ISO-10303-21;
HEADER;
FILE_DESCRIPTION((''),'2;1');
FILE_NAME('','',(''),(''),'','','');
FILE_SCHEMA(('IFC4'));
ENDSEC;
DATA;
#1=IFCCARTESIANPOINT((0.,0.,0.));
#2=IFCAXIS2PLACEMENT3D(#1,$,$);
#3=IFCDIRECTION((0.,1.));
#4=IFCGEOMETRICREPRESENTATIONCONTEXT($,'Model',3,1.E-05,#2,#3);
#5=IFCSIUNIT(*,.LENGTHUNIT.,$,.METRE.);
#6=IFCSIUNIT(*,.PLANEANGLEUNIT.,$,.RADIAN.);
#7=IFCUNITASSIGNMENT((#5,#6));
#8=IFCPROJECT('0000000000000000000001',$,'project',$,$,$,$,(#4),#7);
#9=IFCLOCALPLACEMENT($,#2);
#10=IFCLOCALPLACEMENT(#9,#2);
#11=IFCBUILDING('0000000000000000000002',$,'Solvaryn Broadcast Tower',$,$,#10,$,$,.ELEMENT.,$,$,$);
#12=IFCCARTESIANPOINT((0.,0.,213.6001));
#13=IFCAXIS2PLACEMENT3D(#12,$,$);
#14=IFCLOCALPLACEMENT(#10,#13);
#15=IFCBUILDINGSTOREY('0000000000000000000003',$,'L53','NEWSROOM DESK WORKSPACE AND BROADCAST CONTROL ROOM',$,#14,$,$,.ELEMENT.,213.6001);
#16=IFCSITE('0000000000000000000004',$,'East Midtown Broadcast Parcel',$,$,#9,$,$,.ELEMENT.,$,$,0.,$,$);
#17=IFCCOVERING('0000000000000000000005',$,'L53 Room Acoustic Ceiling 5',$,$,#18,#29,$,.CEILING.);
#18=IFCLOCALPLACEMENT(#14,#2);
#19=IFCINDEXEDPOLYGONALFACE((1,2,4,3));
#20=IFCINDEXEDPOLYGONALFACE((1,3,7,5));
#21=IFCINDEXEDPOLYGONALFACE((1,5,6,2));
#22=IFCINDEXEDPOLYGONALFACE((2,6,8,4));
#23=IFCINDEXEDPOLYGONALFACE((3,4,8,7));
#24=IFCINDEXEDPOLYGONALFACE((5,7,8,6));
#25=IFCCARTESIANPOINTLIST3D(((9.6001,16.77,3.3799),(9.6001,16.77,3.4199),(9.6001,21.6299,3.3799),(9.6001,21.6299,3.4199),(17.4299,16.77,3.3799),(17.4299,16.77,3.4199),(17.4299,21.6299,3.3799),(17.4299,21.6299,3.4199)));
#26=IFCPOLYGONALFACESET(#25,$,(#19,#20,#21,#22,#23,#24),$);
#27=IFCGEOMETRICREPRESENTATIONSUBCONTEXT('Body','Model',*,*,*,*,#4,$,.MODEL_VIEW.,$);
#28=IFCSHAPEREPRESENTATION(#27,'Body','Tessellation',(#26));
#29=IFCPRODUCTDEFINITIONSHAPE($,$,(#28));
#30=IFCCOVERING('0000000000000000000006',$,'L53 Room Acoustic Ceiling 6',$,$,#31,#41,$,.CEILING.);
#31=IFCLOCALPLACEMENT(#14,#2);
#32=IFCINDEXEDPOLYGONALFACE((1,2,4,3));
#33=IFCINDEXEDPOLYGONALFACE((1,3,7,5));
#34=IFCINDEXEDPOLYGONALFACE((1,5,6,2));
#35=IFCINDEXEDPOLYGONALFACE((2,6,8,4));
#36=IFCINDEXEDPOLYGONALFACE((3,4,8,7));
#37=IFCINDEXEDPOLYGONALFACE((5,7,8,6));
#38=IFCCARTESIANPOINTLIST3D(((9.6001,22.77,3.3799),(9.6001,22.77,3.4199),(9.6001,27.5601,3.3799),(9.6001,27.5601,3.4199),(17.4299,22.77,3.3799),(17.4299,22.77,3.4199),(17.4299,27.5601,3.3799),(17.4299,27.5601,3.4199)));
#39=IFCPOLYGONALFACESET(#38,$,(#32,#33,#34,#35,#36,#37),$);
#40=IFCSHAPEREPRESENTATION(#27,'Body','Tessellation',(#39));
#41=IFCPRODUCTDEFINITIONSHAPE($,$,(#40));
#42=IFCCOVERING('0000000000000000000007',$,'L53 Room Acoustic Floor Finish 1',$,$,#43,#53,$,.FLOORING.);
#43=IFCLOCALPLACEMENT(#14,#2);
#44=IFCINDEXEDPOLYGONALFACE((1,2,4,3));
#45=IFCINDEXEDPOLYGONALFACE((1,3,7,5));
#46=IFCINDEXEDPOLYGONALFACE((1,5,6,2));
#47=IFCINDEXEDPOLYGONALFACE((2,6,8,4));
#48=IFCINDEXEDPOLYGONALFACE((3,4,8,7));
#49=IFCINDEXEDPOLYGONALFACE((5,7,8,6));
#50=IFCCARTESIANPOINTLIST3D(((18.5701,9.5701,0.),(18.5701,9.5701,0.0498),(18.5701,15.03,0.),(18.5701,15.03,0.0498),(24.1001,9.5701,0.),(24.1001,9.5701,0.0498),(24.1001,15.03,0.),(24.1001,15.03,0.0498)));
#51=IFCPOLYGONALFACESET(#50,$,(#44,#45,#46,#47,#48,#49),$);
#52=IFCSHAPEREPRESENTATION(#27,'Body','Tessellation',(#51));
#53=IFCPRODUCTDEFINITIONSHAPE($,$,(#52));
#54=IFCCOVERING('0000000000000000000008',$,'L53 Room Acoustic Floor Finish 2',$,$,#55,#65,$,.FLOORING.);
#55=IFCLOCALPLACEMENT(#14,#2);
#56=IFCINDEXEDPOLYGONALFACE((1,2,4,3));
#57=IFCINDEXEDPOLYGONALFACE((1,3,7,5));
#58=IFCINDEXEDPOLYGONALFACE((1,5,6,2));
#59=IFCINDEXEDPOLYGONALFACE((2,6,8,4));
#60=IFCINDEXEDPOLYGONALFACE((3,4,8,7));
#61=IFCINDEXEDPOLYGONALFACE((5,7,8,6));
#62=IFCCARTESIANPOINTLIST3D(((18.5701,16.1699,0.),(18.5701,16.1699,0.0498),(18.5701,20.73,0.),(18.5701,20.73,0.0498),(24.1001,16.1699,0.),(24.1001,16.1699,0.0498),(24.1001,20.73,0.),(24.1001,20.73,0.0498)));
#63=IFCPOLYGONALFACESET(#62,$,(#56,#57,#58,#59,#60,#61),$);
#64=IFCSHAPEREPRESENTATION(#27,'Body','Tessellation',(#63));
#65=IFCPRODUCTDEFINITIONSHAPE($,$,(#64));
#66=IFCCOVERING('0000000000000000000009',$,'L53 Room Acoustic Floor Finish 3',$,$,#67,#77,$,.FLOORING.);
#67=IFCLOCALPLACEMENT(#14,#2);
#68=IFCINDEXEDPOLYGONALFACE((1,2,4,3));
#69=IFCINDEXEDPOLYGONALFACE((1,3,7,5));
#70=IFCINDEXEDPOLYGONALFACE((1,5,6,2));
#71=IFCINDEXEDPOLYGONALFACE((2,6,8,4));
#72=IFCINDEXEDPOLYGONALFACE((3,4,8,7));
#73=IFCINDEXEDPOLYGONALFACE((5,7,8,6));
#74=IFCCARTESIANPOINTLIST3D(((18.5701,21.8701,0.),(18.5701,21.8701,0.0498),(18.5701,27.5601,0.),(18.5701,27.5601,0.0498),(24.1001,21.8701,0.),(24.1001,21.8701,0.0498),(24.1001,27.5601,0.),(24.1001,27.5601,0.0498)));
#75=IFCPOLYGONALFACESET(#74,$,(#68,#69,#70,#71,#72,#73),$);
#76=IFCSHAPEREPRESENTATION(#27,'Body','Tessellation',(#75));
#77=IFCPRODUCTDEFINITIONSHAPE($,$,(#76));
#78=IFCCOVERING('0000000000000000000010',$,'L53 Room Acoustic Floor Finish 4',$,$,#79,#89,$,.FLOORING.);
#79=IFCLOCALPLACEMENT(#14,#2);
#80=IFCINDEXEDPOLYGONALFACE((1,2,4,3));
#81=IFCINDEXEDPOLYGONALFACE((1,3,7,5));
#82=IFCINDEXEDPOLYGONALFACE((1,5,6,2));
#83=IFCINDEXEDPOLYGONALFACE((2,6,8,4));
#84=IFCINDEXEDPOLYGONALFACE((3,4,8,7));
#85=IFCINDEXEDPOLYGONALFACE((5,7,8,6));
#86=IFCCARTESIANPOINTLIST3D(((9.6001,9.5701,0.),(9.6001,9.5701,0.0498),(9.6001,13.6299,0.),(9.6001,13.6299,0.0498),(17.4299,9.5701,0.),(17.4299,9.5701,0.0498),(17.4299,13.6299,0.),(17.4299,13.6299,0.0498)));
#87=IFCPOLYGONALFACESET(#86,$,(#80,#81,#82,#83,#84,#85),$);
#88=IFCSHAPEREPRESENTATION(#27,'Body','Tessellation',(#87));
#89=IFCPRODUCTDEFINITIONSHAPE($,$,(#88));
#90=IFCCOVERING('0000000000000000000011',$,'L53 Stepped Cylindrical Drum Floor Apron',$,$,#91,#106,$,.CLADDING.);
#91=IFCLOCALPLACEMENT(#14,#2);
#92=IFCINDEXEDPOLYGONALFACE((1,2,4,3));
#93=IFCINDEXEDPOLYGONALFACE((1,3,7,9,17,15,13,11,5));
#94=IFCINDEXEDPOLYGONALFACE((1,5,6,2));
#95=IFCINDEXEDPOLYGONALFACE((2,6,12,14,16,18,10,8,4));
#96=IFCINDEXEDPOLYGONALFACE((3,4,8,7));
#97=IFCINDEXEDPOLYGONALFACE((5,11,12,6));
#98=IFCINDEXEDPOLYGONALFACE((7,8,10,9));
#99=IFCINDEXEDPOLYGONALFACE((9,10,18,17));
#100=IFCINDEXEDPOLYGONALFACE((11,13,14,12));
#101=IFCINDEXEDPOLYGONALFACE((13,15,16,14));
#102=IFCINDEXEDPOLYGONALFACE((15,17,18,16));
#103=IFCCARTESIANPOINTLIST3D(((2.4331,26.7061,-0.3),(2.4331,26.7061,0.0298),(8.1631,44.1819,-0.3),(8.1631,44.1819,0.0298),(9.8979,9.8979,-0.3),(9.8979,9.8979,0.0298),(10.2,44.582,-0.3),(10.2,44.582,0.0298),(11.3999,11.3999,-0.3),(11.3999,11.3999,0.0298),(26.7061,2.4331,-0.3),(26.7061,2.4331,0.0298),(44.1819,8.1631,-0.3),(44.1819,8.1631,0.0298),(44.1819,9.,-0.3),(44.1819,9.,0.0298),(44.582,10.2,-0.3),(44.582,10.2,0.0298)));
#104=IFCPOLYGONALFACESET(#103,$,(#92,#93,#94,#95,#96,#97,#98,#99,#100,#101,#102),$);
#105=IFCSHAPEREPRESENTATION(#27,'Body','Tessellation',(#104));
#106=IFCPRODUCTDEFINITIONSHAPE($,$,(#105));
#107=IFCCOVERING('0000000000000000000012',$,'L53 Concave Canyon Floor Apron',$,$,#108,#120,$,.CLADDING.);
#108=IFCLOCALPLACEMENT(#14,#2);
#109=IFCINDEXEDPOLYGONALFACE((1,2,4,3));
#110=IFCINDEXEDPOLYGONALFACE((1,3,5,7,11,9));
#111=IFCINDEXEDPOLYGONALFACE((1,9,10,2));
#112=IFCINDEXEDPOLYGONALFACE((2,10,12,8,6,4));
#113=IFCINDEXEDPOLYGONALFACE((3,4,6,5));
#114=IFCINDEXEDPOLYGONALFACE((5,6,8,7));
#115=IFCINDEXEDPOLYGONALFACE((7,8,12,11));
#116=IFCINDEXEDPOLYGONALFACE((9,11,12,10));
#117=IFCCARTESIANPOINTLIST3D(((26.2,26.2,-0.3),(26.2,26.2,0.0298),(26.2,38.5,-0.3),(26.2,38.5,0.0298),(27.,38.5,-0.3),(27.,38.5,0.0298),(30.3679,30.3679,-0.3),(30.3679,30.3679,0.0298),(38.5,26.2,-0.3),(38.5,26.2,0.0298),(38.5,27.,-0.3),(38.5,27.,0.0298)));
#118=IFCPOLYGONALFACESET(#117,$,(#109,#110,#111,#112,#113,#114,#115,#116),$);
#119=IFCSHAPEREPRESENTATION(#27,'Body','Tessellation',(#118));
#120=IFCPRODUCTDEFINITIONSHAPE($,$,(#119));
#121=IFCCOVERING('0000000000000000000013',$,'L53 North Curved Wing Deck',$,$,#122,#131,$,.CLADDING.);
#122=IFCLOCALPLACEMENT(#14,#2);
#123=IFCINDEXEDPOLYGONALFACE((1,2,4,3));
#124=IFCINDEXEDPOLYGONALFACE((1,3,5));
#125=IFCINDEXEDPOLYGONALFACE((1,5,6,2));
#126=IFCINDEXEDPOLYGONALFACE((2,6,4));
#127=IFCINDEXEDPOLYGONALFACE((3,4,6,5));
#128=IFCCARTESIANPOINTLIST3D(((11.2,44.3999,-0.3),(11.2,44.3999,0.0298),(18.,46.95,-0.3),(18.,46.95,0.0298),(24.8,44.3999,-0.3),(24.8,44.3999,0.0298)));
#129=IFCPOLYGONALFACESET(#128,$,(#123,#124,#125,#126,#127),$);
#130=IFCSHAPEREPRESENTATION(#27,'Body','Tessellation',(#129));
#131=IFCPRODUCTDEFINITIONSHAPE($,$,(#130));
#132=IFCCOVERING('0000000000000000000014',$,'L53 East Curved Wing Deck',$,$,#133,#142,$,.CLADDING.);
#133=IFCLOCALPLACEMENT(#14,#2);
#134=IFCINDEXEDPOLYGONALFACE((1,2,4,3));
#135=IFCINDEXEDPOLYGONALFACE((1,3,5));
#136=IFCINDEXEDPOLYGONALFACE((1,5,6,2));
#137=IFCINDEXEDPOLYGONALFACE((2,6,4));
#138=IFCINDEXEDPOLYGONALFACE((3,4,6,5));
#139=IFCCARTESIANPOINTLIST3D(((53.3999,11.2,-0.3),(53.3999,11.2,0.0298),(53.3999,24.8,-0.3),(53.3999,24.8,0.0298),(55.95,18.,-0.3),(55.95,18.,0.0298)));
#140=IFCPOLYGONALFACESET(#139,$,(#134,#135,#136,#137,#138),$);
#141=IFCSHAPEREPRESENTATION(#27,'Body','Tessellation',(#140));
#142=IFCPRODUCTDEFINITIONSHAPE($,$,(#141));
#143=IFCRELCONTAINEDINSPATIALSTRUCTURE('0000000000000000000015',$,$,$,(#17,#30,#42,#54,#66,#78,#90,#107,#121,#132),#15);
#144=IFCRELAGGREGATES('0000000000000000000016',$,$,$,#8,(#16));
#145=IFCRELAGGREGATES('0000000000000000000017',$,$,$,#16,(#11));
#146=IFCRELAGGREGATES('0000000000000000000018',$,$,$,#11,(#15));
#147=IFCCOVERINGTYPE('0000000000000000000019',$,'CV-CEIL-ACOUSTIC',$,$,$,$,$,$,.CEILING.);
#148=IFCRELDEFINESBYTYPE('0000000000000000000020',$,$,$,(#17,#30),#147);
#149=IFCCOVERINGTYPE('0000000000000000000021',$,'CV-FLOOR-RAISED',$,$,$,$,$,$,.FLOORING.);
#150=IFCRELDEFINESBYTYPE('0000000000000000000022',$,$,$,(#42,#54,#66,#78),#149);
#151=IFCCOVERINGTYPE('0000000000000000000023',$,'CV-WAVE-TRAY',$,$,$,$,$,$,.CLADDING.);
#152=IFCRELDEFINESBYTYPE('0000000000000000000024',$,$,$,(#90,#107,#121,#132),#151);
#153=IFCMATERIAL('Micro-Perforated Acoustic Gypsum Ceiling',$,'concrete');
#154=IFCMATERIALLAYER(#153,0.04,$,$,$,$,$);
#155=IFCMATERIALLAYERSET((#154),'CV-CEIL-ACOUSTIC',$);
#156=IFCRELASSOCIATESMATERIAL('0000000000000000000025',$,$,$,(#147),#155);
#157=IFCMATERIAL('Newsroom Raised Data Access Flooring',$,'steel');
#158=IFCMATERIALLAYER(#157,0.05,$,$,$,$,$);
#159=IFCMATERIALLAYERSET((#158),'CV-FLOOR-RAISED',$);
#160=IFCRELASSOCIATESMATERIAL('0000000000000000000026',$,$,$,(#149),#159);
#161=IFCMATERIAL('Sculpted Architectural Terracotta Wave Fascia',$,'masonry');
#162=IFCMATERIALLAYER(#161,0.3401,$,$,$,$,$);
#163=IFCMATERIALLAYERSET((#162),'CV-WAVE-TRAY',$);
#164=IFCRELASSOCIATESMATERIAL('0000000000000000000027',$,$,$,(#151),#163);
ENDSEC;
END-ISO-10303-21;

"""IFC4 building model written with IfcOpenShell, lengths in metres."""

from ifc_helpers import new_model, si_unit, direction, frame, origin, place, context, subcontext, project, spatial, polyline, outline, extrude, material, layer, layer_set, type_object, element, save


model = new_model("IFC4")

# Units and contexts
model_context = context("Model", 3, precision=1e-05, world=origin(), true_north=direction((0.0, 1.0)))
body_context = subcontext(model_context, "Body", "Model", "MODEL_VIEW")
ifc_project = project(units=[si_unit("LENGTHUNIT", "METRE"), si_unit("PLANEANGLEUNIT", "RADIAN")], contexts=[model_context])

# Site, building, storey
site_placement = place(None, origin())
site = spatial("IfcSite", under=ifc_project, at=site_placement, Name="East Midtown Broadcast Parcel", CompositionType="ELEMENT", RefElevation=0.0)
building_placement = place(site_placement, origin())
building = spatial("IfcBuilding", under=site, at=building_placement, Name="Solvaryn Broadcast Tower", CompositionType="ELEMENT")
storey_placement = place(building_placement, frame((0.0, 0.0, 213.6001)))
storey = spatial("IfcBuildingStorey", under=building, at=storey_placement, Name="L53", Description="NEWSROOM DESK WORKSPACE AND BROADCAST CONTROL ROOM", CompositionType="ELEMENT", Elevation=213.6001)

# Coverings
ifc_material_1 = material(Name="Micro-Perforated Acoustic Gypsum Ceiling", Category="concrete")
ifc_layer_1 = layer(ifc_material_1, 0.04)
ifc_layer_set_1 = layer_set([ifc_layer_1], Name="CV-CEIL-ACOUSTIC")
covering_type_1 = type_object("IfcCoveringType", Name="CV-CEIL-ACOUSTIC", PredefinedType="CEILING", material=ifc_layer_set_1)
covering_1_placement = place(storey_placement, frame((0.0, 0.0, 3.3799)))
element("IfcCovering", 1, at=covering_1_placement, inside=storey, type_object=covering_type_1, Name="L53 Room Acoustic Ceiling 5", PredefinedType="CEILING", context=body_context, shape_type="SweptSolid", body=[
    extrude(outline(polyline([(9.6001, 16.77), (17.4299, 16.77), (17.4299, 21.6299), (9.6001, 21.6299), (9.6001, 16.77)])), origin(), (0.0, 0.0, 1.0), 0.04),
])
covering_2_placement = place(storey_placement, frame((0.0, 0.0, 3.3799)))
element("IfcCovering", 2, at=covering_2_placement, inside=storey, type_object=covering_type_1, Name="L53 Room Acoustic Ceiling 6", PredefinedType="CEILING", context=body_context, shape_type="SweptSolid", body=[
    extrude(outline(polyline([(9.6001, 22.77), (17.4299, 22.77), (17.4299, 27.5601), (9.6001, 27.5601), (9.6001, 22.77)])), origin(), (0.0, 0.0, 1.0), 0.04),
])
ifc_material_2 = material(Name="Newsroom Raised Data Access Flooring", Category="steel")
ifc_layer_2 = layer(ifc_material_2, 0.05)
ifc_layer_set_2 = layer_set([ifc_layer_2], Name="CV-FLOOR-RAISED")
covering_type_2 = type_object("IfcCoveringType", Name="CV-FLOOR-RAISED", PredefinedType="FLOORING", material=ifc_layer_set_2)
covering_3_placement = place(storey_placement, origin())
element("IfcCovering", 3, at=covering_3_placement, inside=storey, type_object=covering_type_2, Name="L53 Room Acoustic Floor Finish 1", PredefinedType="FLOORING", context=body_context, shape_type="SweptSolid", body=[
    extrude(outline(polyline([(18.5701, 9.5701), (24.1001, 9.5701), (24.1001, 15.03), (18.5701, 15.03), (18.5701, 9.5701)])), origin(), (0.0, 0.0, 1.0), 0.0498),
])
covering_4_placement = place(storey_placement, origin())
element("IfcCovering", 4, at=covering_4_placement, inside=storey, type_object=covering_type_2, Name="L53 Room Acoustic Floor Finish 2", PredefinedType="FLOORING", context=body_context, shape_type="SweptSolid", body=[
    extrude(outline(polyline([(18.5701, 16.1699), (24.1001, 16.1699), (24.1001, 20.73), (18.5701, 20.73), (18.5701, 16.1699)])), origin(), (0.0, 0.0, 1.0), 0.0498),
])
covering_5_placement = place(storey_placement, origin())
element("IfcCovering", 5, at=covering_5_placement, inside=storey, type_object=covering_type_2, Name="L53 Room Acoustic Floor Finish 3", PredefinedType="FLOORING", context=body_context, shape_type="SweptSolid", body=[
    extrude(outline(polyline([(18.5701, 21.8701), (24.1001, 21.8701), (24.1001, 27.5601), (18.5701, 27.5601), (18.5701, 21.8701)])), origin(), (0.0, 0.0, 1.0), 0.0498),
])
covering_6_placement = place(storey_placement, origin())
element("IfcCovering", 6, at=covering_6_placement, inside=storey, type_object=covering_type_2, Name="L53 Room Acoustic Floor Finish 4", PredefinedType="FLOORING", context=body_context, shape_type="SweptSolid", body=[
    extrude(outline(polyline([(9.6001, 9.5701), (17.4299, 9.5701), (17.4299, 13.6299), (9.6001, 13.6299), (9.6001, 9.5701)])), origin(), (0.0, 0.0, 1.0), 0.0498),
])
ifc_material_3 = material(Name="Sculpted Architectural Terracotta Wave Fascia", Category="masonry")
ifc_layer_3 = layer(ifc_material_3, 0.3401)
ifc_layer_set_3 = layer_set([ifc_layer_3], Name="CV-WAVE-TRAY")
covering_type_3 = type_object("IfcCoveringType", Name="CV-WAVE-TRAY", PredefinedType="CLADDING", material=ifc_layer_set_3)
covering_7_placement = place(storey_placement, frame((0.0, 0.0, -0.3)))
element("IfcCovering", 7, at=covering_7_placement, inside=storey, type_object=covering_type_3, Name="L53 Stepped Cylindrical Drum Floor Apron", PredefinedType="CLADDING", context=body_context, shape_type="SweptSolid", body=[
    extrude(outline(polyline([(10.2, 44.582), (8.1631, 44.1819), (2.4331, 26.7061), (9.8979, 9.8979), (26.7061, 2.4331), (44.1819, 8.1631), (44.1819, 9.0), (44.582, 10.2), (11.3999, 11.3999), (10.2, 44.582)])), origin(), (0.0, 0.0, 1.0), 0.3298),
])
covering_8_placement = place(storey_placement, frame((0.0, 0.0, -0.3)))
element("IfcCovering", 8, at=covering_8_placement, inside=storey, type_object=covering_type_3, Name="L53 Concave Canyon Floor Apron", PredefinedType="CLADDING", context=body_context, shape_type="SweptSolid", body=[
    extrude(outline(polyline([(26.2, 26.2), (38.5, 26.2), (38.5, 27.0), (30.3679, 30.3679), (27.0, 38.5), (26.2, 38.5), (26.2, 26.2)])), origin(), (0.0, 0.0, 1.0), 0.3298),
])
covering_9_placement = place(storey_placement, frame((0.0, 0.0, -0.3)))
element("IfcCovering", 9, at=covering_9_placement, inside=storey, type_object=covering_type_3, Name="L53 North Curved Wing Deck", PredefinedType="CLADDING", context=body_context, shape_type="SweptSolid", body=[
    extrude(outline(polyline([(11.2, 44.3999), (24.8, 44.3999), (18.0, 46.95), (11.2, 44.3999)])), origin(), (0.0, 0.0, 1.0), 0.3298),
])
covering_10_placement = place(storey_placement, frame((0.0, 0.0, -0.3)))
element("IfcCovering", 10, at=covering_10_placement, inside=storey, type_object=covering_type_3, Name="L53 East Curved Wing Deck", PredefinedType="CLADDING", context=body_context, shape_type="SweptSolid", body=[
    extrude(outline(polyline([(53.3999, 11.2), (55.95, 18.0), (53.3999, 24.8), (53.3999, 11.2)])), origin(), (0.0, 0.0, 1.0), 0.3298),
])

save(model, "model.ifc")
